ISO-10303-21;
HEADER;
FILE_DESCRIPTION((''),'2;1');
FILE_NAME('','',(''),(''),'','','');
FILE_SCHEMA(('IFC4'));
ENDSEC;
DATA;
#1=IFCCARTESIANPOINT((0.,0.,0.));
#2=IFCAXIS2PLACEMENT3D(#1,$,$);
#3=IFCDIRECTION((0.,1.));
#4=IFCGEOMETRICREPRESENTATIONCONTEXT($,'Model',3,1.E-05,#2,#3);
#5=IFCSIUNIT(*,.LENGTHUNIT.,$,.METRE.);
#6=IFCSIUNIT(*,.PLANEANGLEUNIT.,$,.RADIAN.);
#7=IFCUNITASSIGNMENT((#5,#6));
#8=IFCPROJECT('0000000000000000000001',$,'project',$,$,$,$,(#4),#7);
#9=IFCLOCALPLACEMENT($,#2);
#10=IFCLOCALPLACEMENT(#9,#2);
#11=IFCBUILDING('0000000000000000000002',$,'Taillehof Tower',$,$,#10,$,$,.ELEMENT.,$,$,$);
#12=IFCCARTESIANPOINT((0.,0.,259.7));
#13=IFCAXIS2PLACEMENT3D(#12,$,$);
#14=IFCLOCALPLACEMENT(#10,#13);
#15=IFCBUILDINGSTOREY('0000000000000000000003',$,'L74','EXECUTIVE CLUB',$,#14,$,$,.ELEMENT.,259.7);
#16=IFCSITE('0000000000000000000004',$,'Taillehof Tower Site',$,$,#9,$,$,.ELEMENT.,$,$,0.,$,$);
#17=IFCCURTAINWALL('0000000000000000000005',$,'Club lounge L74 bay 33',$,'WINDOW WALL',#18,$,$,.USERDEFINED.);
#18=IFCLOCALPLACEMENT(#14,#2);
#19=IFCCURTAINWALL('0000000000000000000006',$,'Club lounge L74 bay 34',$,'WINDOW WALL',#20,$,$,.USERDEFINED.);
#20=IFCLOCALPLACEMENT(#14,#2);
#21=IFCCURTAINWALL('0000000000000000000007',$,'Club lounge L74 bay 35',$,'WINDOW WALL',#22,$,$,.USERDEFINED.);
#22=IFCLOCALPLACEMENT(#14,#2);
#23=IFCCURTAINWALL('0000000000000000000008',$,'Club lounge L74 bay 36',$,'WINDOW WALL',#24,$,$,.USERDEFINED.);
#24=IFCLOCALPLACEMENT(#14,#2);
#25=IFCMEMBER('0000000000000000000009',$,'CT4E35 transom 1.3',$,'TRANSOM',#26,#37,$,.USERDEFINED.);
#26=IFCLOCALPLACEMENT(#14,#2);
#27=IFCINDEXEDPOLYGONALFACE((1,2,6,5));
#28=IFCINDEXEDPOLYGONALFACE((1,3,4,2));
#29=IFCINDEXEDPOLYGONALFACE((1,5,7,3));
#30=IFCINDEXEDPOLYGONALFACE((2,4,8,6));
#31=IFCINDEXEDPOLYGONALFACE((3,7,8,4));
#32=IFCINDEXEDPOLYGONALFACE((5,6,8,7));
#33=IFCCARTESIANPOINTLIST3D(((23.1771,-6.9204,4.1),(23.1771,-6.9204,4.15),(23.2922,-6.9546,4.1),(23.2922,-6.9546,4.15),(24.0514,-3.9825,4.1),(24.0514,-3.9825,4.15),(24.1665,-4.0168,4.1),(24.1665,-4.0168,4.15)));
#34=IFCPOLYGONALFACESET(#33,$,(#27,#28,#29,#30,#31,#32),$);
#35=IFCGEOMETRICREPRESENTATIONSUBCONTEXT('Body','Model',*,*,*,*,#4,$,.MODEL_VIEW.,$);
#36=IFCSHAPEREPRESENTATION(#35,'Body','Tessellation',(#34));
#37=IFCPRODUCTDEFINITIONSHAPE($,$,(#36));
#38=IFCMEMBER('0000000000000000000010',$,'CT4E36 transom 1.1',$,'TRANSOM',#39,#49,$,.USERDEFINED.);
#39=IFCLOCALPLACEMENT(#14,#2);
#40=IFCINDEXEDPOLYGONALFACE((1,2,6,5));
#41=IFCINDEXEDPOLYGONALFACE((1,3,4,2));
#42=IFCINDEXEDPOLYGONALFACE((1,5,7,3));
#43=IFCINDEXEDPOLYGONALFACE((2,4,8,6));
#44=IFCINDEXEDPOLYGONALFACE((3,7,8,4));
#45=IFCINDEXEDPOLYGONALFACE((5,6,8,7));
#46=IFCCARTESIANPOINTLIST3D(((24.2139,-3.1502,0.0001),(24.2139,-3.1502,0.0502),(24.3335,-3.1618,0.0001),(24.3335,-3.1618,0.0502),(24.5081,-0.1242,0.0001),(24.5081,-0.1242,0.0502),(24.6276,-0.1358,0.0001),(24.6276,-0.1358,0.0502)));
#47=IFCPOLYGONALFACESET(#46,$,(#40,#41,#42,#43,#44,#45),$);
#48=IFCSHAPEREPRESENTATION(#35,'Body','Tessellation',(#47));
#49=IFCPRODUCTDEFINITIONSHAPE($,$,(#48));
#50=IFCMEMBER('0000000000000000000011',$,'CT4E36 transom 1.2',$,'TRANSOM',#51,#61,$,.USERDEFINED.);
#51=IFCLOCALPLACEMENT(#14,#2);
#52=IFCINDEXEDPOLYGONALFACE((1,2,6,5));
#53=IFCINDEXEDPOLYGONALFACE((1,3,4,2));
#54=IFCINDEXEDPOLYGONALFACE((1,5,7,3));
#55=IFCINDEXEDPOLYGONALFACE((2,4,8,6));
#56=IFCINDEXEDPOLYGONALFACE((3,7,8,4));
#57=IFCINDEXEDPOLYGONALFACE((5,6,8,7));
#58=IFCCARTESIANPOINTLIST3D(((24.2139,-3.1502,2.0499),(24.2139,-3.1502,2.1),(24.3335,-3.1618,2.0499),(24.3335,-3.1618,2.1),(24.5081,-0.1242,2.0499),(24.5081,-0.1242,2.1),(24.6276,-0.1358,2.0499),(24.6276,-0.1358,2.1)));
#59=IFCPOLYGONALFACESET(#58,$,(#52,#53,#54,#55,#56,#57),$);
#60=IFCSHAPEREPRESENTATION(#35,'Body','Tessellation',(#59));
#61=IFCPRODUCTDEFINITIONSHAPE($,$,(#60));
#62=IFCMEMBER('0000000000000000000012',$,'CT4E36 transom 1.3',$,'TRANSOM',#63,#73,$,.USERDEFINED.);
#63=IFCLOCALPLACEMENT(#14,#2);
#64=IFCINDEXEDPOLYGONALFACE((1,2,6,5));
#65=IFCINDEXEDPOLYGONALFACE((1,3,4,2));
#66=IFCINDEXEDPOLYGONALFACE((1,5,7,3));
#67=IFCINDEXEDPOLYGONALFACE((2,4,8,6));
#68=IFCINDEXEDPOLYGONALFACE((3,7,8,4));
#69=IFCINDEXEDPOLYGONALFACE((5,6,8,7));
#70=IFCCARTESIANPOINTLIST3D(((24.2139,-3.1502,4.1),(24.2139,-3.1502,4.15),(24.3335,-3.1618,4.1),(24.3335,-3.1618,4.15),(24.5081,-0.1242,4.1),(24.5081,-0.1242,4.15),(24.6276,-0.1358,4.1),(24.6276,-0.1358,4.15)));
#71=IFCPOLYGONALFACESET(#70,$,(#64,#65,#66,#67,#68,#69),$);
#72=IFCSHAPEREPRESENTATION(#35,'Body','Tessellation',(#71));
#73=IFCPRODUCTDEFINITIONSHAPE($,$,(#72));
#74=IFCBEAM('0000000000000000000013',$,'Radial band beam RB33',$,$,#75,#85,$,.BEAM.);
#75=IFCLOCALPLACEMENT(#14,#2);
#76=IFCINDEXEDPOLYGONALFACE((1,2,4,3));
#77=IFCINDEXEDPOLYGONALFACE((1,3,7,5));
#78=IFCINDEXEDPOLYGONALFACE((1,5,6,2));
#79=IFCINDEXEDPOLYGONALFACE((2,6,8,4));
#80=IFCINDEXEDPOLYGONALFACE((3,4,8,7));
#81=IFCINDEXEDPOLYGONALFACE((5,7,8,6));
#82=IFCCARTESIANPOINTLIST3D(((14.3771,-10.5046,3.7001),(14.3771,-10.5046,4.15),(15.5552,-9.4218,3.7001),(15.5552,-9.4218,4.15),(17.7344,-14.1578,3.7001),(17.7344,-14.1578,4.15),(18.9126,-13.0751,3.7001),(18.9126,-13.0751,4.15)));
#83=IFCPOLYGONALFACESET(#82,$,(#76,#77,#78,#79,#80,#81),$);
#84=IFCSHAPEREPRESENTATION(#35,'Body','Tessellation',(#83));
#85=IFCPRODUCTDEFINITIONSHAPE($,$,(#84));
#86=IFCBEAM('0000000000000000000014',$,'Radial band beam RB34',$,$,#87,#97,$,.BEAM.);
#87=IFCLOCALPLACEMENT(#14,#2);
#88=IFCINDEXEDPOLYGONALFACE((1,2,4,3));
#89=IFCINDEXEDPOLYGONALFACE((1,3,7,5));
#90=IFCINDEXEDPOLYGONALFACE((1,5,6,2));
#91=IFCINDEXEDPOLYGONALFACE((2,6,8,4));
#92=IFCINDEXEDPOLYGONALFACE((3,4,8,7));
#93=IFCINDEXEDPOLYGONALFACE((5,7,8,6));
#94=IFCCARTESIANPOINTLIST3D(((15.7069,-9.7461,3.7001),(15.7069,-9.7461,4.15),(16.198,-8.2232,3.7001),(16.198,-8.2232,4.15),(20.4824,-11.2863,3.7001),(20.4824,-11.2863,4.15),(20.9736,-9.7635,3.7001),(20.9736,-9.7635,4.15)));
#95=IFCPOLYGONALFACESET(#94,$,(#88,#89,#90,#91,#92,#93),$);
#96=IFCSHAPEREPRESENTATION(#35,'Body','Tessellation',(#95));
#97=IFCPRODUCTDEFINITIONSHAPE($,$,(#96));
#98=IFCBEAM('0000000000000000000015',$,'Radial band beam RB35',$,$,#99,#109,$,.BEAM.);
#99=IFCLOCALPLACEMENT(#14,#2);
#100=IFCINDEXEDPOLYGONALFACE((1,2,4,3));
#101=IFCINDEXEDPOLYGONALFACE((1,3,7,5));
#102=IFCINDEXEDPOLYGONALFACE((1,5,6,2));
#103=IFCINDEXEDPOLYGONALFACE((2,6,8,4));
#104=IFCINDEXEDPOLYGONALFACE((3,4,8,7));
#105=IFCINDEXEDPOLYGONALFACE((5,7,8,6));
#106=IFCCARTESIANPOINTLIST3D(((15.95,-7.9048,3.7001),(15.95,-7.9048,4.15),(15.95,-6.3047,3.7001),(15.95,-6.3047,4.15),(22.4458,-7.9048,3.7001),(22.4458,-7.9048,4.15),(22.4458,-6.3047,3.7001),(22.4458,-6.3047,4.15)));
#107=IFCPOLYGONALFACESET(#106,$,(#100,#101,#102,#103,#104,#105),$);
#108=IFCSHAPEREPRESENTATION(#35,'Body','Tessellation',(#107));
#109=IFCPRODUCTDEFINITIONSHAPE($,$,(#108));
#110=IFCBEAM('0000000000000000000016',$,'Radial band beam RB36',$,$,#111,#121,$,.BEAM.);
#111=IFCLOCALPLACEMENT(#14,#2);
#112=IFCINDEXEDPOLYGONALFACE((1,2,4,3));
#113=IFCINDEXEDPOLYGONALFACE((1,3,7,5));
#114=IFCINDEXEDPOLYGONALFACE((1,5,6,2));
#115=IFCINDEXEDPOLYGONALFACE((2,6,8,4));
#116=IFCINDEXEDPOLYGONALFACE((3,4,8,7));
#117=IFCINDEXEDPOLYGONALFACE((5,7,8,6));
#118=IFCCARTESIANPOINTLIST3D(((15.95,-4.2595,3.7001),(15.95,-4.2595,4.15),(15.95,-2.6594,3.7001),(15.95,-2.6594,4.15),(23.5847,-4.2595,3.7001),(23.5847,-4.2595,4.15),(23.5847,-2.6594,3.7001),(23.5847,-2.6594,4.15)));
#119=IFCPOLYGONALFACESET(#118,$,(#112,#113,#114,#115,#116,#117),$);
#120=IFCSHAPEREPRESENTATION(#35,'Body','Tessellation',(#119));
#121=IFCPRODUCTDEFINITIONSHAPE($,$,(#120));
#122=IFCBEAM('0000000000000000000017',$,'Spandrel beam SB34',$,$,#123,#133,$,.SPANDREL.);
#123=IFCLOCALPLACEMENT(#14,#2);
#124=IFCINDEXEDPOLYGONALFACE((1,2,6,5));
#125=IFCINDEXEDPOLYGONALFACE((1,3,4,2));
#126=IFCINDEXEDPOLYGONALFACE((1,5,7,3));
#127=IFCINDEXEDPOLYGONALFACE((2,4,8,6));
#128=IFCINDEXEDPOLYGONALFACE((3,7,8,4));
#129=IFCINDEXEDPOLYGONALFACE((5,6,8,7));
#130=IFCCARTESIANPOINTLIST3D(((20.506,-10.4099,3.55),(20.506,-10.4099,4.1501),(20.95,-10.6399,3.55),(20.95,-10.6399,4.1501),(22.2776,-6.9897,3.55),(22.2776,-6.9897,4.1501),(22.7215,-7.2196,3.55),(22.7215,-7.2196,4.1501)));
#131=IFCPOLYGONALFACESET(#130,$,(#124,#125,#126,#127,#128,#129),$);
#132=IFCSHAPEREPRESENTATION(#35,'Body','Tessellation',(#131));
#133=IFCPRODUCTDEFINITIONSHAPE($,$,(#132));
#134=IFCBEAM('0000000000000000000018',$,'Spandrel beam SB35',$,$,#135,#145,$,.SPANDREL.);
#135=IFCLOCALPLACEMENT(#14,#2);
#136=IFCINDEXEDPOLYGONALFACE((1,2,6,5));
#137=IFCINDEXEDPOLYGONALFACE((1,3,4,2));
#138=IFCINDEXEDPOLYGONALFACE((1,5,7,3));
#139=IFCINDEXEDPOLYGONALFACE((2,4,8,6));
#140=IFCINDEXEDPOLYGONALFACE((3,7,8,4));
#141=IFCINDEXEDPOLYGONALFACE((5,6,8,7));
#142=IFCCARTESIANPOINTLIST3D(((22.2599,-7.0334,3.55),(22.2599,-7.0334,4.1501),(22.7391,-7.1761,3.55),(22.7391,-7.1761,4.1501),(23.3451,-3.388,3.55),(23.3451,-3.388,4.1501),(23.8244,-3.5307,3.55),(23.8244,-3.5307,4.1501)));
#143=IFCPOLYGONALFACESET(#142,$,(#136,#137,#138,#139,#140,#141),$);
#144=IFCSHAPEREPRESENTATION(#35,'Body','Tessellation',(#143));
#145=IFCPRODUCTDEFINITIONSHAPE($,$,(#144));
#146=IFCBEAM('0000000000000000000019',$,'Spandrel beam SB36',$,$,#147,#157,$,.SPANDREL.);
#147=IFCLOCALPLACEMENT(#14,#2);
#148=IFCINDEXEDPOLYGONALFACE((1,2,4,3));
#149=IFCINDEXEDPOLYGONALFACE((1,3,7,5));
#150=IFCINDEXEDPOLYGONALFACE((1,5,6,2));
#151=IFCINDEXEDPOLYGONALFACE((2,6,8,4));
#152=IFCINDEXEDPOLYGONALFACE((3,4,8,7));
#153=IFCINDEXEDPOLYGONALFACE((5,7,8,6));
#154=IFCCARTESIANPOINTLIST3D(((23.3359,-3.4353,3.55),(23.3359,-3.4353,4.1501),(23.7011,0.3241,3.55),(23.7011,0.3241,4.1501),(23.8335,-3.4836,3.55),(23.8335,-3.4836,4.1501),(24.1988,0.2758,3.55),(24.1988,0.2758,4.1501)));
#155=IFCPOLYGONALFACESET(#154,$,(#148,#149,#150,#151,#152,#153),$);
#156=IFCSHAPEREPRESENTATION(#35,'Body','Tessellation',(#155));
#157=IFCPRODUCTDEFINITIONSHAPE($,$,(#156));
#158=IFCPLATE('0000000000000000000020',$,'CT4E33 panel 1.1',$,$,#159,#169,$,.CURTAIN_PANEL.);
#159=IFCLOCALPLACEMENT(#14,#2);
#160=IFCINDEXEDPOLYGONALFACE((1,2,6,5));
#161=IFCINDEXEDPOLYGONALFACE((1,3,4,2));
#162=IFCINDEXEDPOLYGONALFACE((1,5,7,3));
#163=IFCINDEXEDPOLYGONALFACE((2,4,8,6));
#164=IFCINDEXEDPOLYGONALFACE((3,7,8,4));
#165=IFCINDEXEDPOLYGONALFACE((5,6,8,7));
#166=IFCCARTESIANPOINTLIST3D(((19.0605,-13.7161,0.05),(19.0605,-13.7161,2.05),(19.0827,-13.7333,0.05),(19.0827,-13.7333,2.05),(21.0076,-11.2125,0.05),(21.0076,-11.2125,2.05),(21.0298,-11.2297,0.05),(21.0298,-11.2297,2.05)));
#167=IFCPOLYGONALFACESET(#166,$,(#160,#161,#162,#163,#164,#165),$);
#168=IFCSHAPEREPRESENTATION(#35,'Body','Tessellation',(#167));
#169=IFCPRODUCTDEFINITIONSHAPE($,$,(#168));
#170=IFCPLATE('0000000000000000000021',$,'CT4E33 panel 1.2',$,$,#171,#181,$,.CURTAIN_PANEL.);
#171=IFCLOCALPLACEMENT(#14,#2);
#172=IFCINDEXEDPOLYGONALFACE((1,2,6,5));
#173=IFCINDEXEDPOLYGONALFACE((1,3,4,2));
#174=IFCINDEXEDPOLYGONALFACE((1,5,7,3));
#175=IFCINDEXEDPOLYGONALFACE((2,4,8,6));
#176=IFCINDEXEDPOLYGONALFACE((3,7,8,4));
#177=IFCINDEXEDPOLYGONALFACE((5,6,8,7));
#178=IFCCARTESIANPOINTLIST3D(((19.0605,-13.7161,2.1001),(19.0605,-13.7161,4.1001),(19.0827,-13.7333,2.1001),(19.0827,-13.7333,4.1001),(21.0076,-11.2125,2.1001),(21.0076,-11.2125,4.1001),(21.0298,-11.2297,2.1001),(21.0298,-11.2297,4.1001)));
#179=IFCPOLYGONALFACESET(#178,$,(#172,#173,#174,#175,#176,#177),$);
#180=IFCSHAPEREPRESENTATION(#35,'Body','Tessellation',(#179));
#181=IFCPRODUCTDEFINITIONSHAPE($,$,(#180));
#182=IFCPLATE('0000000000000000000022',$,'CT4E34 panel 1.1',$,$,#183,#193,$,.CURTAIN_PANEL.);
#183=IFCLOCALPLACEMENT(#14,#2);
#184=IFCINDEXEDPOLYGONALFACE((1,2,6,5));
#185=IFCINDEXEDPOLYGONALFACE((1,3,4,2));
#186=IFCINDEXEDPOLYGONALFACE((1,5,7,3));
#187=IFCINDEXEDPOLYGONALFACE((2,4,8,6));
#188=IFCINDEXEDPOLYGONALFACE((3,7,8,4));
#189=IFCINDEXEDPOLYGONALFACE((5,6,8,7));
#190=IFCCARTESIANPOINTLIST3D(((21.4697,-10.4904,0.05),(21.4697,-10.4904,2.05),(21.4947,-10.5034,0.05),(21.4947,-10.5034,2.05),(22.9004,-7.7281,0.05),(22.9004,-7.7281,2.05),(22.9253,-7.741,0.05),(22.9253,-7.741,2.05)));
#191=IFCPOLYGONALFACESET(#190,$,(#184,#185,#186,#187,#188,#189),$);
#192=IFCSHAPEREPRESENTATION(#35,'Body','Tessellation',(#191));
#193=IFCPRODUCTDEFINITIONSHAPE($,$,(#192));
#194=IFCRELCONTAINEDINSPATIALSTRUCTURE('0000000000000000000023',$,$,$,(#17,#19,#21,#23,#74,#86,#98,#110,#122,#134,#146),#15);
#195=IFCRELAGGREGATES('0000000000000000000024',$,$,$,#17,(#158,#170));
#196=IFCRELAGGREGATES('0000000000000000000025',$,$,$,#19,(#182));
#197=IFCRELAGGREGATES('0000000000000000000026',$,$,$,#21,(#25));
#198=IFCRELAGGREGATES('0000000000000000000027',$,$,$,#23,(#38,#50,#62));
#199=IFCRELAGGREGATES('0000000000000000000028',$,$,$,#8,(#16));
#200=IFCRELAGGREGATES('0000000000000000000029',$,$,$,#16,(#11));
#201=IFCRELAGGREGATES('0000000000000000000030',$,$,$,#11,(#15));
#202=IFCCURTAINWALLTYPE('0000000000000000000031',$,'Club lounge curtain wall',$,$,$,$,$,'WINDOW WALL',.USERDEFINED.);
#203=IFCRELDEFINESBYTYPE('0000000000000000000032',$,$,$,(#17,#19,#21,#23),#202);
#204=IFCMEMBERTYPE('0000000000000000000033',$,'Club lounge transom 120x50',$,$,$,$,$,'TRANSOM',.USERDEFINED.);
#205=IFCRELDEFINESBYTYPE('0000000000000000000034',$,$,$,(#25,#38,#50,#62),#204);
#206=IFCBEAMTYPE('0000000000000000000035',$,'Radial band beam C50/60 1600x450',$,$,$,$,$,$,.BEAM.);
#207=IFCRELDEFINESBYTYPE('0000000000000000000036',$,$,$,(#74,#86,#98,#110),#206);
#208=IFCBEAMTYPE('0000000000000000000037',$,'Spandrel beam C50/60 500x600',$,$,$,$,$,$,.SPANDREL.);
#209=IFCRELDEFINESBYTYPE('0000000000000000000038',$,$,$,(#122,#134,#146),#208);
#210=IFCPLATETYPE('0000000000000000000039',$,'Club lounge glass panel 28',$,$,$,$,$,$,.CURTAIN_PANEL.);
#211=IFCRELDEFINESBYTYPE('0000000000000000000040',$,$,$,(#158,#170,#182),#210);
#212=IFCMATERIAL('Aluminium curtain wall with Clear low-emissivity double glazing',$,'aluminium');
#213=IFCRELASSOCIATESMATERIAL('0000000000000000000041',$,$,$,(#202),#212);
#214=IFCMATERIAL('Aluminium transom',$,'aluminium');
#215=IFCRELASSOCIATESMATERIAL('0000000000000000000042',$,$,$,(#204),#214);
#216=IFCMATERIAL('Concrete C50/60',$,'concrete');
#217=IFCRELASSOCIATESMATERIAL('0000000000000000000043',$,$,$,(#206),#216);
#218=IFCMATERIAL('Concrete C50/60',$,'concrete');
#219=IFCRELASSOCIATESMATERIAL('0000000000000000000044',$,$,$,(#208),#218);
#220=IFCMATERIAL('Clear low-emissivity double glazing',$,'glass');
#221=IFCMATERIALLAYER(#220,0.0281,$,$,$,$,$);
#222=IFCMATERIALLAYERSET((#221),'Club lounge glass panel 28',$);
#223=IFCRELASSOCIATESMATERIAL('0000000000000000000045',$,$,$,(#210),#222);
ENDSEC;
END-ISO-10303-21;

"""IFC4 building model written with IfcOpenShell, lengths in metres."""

from ifc_helpers import new_model, si_unit, direction, frame, origin, origin_2d, place, context, subcontext, project, spatial, rectangle, extrude, material, layer, layer_set, material_profile, profile_set, type_object, element, aggregate, save


model = new_model("IFC4")

# Units and contexts
model_context = context("Model", 3, precision=1e-05, world=origin(), true_north=direction((0.0, 1.0)))
body_context = subcontext(model_context, "Body", "Model", "MODEL_VIEW")
ifc_project = project(units=[si_unit("LENGTHUNIT", "METRE"), si_unit("PLANEANGLEUNIT", "RADIAN")], contexts=[model_context])

# Site, building, storey
site_placement = place(None, origin())
site = spatial("IfcSite", under=ifc_project, at=site_placement, Name="Taillehof Tower Site", CompositionType="ELEMENT", RefElevation=0.0)
building_placement = place(site_placement, origin())
building = spatial("IfcBuilding", under=site, at=building_placement, Name="Taillehof Tower", CompositionType="ELEMENT")
storey_placement = place(building_placement, frame((0.0, 0.0, 259.7)))
storey = spatial("IfcBuildingStorey", under=building, at=storey_placement, Name="L74", Description="EXECUTIVE CLUB", CompositionType="ELEMENT", Elevation=259.7)

# Curtain wall
ifc_material_1 = material(Name="Aluminium curtain wall with Clear low-emissivity double glazing", Category="aluminium")
curtain_wall_type = type_object("IfcCurtainWallType", Name="Club lounge curtain wall", ElementType="WINDOW WALL", PredefinedType="USERDEFINED", material=ifc_material_1)
curtain_wall_1_placement = place(storey_placement, origin())
curtain_wall_1 = element("IfcCurtainWall", 1, at=curtain_wall_1_placement, inside=storey, type_object=curtain_wall_type, Name="Club lounge L74 bay 33", ObjectType="WINDOW WALL", PredefinedType="USERDEFINED")

# Curtain walls
curtain_wall_2_placement = place(storey_placement, origin())
curtain_wall_2 = element("IfcCurtainWall", 2, at=curtain_wall_2_placement, inside=storey, type_object=curtain_wall_type, Name="Club lounge L74 bay 34", ObjectType="WINDOW WALL", PredefinedType="USERDEFINED")
curtain_wall_3_placement = place(storey_placement, origin())
curtain_wall_3 = element("IfcCurtainWall", 3, at=curtain_wall_3_placement, inside=storey, type_object=curtain_wall_type, Name="Club lounge L74 bay 35", ObjectType="WINDOW WALL", PredefinedType="USERDEFINED")
curtain_wall_4_placement = place(storey_placement, origin())
curtain_wall_4 = element("IfcCurtainWall", 4, at=curtain_wall_4_placement, inside=storey, type_object=curtain_wall_type, Name="Club lounge L74 bay 36", ObjectType="WINDOW WALL", PredefinedType="USERDEFINED")

# Members
ifc_material_2 = material(Name="Aluminium transom", Category="aluminium")
ifc_material_profile_1 = material_profile(ifc_material_2, rectangle(XDim=0.1201, YDim=0.05, at=origin_2d()), Name="AL 120x50")
ifc_profile_set_1 = profile_set([ifc_material_profile_1], Name="Aluminium transom")
member_type_1 = type_object("IfcMemberType", Name="Club lounge transom 120x50", ElementType="TRANSOM", PredefinedType="USERDEFINED", material=ifc_profile_set_1)
member_1_placement = place(storey_placement, frame((23.2346, -6.9375, 4.125), z_axis=(0.285235, 0.958458, 0.0), x_axis=(-0.958458, 0.285235, 0.0)))
member_1 = element("IfcMember", 5, at=member_1_placement, type_object=member_type_1, Name="CT4E35 transom 1.3", ObjectType="TRANSOM", PredefinedType="USERDEFINED", context=body_context, shape_type="SweptSolid", body=[
    extrude(rectangle(XDim=0.1201, YDim=0.05, at=origin_2d()), origin(), (0.0, 0.0, 1.0), 3.0652),
])
member_2_placement = place(storey_placement, frame((24.2737, -3.156, 0.0251), z_axis=(0.09676, 0.995308, 0.0), x_axis=(-0.995308, 0.09676, 0.0)))
member_2 = element("IfcMember", 6, at=member_2_placement, type_object=member_type_1, Name="CT4E36 transom 1.1", ObjectType="TRANSOM", PredefinedType="USERDEFINED", context=body_context, shape_type="SweptSolid", body=[
    extrude(rectangle(XDim=0.1201, YDim=0.05, at=origin_2d()), origin(), (0.0, 0.0, 1.0), 3.0403),
])
member_3_placement = place(storey_placement, frame((24.2737, -3.156, 2.075), z_axis=(0.09676, 0.995308, 0.0), x_axis=(-0.995308, 0.09676, 0.0)))
member_3 = element("IfcMember", 7, at=member_3_placement, type_object=member_type_1, Name="CT4E36 transom 1.2", ObjectType="TRANSOM", PredefinedType="USERDEFINED", context=body_context, shape_type="SweptSolid", body=[
    extrude(rectangle(XDim=0.1201, YDim=0.05, at=origin_2d()), origin(), (0.0, 0.0, 1.0), 3.0403),
])
member_4_placement = place(storey_placement, frame((24.2737, -3.156, 4.125), z_axis=(0.09676, 0.995308, 0.0), x_axis=(-0.995308, 0.09676, 0.0)))
member_4 = element("IfcMember", 8, at=member_4_placement, type_object=member_type_1, Name="CT4E36 transom 1.3", ObjectType="TRANSOM", PredefinedType="USERDEFINED", context=body_context, shape_type="SweptSolid", body=[
    extrude(rectangle(XDim=0.1201, YDim=0.05, at=origin_2d()), origin(), (0.0, 0.0, 1.0), 3.0403),
])

# Beams
ifc_material_3 = material(Name="Concrete C50/60", Category="concrete")
ifc_material_profile_2 = material_profile(ifc_material_3, rectangle(XDim=1.6001, YDim=0.45, at=origin_2d()), Name="RC 1600x450")
ifc_profile_set_2 = profile_set([ifc_material_profile_2], Name="Concrete C50/60")
beam_type_1 = type_object("IfcBeamType", Name="Radial band beam C50/60 1600x450", PredefinedType="BEAM", material=ifc_profile_set_2)
beam_1_placement = place(storey_placement, frame((18.3235, -13.6165, 3.925), z_axis=(-0.67666, 0.736296, 0.0), x_axis=(-0.736296, -0.67666, 0.0)))
element("IfcBeam", 9, at=beam_1_placement, inside=storey, type_object=beam_type_1, Name="Radial band beam RB33", PredefinedType="BEAM", context=body_context, shape_type="SweptSolid", body=[
    extrude(rectangle(XDim=1.6001, YDim=0.45, at=origin_2d()), origin(), (0.0, 0.0, 1.0), 4.9617),
])
beam_2_placement = place(storey_placement, frame((20.728, -10.5249, 3.925), z_axis=(-0.951723, 0.306959, 0.0), x_axis=(-0.306959, -0.951723, 0.0)))
element("IfcBeam", 10, at=beam_2_placement, inside=storey, type_object=beam_type_1, Name="Radial band beam RB34", PredefinedType="BEAM", context=body_context, shape_type="SweptSolid", body=[
    extrude(rectangle(XDim=1.6001, YDim=0.45, at=origin_2d()), origin(), (0.0, 0.0, 1.0), 5.0178),
])
beam_3_placement = place(storey_placement, frame((22.4458, -7.1047, 3.925), z_axis=(-1.0, 0.0, 0.0), x_axis=(0.0, -1.0, 0.0)))
element("IfcBeam", 11, at=beam_3_placement, inside=storey, type_object=beam_type_1, Name="Radial band beam RB35", PredefinedType="BEAM", context=body_context, shape_type="SweptSolid", body=[
    extrude(rectangle(XDim=1.6001, YDim=0.45, at=origin_2d()), origin(), (0.0, 0.0, 1.0), 6.4958),
])
beam_4_placement = place(storey_placement, frame((23.5847, -3.4595, 3.925), z_axis=(-1.0, 0.0, 0.0), x_axis=(0.0, -1.0, 0.0)))
element("IfcBeam", 12, at=beam_4_placement, inside=storey, type_object=beam_type_1, Name="Radial band beam RB36", PredefinedType="BEAM", context=body_context, shape_type="SweptSolid", body=[
    extrude(rectangle(XDim=1.6001, YDim=0.45, at=origin_2d()), origin(), (0.0, 0.0, 1.0), 7.6348),
])
ifc_material_4 = material(Name="Concrete C50/60", Category="concrete")
ifc_material_profile_3 = material_profile(ifc_material_4, rectangle(XDim=0.5, YDim=0.6001, at=origin_2d()), Name="RC 500x600")
ifc_profile_set_3 = profile_set([ifc_material_profile_3], Name="Concrete C50/60")
beam_type_2 = type_object("IfcBeamType", Name="Spandrel beam C50/60 500x600", PredefinedType="SPANDREL", material=ifc_profile_set_3)
beam_5_placement = place(storey_placement, frame((20.728, -10.5249, 3.8501), z_axis=(0.459921, 0.88796, 0.0), x_axis=(-0.88796, 0.459921, 0.0)))
element("IfcBeam", 13, at=beam_5_placement, inside=storey, type_object=beam_type_2, Name="Spandrel beam SB34", PredefinedType="SPANDREL", context=body_context, shape_type="SweptSolid", body=[
    extrude(rectangle(XDim=0.5, YDim=0.6001, at=origin_2d()), origin(), (0.0, 0.0, 1.0), 3.8518),
])
beam_6_placement = place(storey_placement, frame((22.4995, -7.1047, 3.8501), z_axis=(0.285327, 0.95843, 0.0), x_axis=(-0.95843, 0.285327, 0.0)))
element("IfcBeam", 14, at=beam_6_placement, inside=storey, type_object=beam_type_2, Name="Spandrel beam SB35", PredefinedType="SPANDREL", context=body_context, shape_type="SweptSolid", body=[
    extrude(rectangle(XDim=0.5, YDim=0.6001, at=origin_2d()), origin(), (0.0, 0.0, 1.0), 3.8035),
])
beam_7_placement = place(storey_placement, frame((23.5847, -3.4595, 3.8501), z_axis=(0.096694, 0.995314, 0.0), x_axis=(-0.995314, 0.096694, 0.0)))
element("IfcBeam", 15, at=beam_7_placement, inside=storey, type_object=beam_type_2, Name="Spandrel beam SB36", PredefinedType="SPANDREL", context=body_context, shape_type="SweptSolid", body=[
    extrude(rectangle(XDim=0.5, YDim=0.6001, at=origin_2d()), origin(), (0.0, 0.0, 1.0), 3.7771),
])

# Plates
ifc_material_5 = material(Name="Clear low-emissivity double glazing", Category="glass")
ifc_layer_1 = layer(ifc_material_5, 0.0281)
ifc_layer_set_1 = layer_set([ifc_layer_1], Name="Club lounge glass panel 28")
plate_type = type_object("IfcPlateType", Name="Club lounge glass panel 28", PredefinedType="CURTAIN_PANEL", material=ifc_layer_set_1)
plate_1_placement = place(storey_placement, frame((20.0452, -12.4729, 0.05), z_axis=(0.0, 0.0, 1.0), x_axis=(0.613903, 0.789382, 0.0)))
plate_1 = element("IfcPlate", 16, at=plate_1_placement, type_object=plate_type, Name="CT4E33 panel 1.1", PredefinedType="CURTAIN_PANEL", context=body_context, shape_type="SweptSolid", body=[
    extrude(rectangle(XDim=3.1716, YDim=0.0281, at=origin_2d()), origin(), (0.0, 0.0, 1.0), 2.0),
])
plate_2_placement = place(storey_placement, frame((20.0452, -12.4729, 2.1001), z_axis=(0.0, 0.0, 1.0), x_axis=(0.613903, 0.789382, 0.0)))
plate_2 = element("IfcPlate", 17, at=plate_2_placement, type_object=plate_type, Name="CT4E33 panel 1.2", PredefinedType="CURTAIN_PANEL", context=body_context, shape_type="SweptSolid", body=[
    extrude(rectangle(XDim=3.1716, YDim=0.0281, at=origin_2d()), origin(), (0.0, 0.0, 1.0), 2.0),
])
aggregate(curtain_wall_1, [plate_1, plate_2])
plate_3_placement = place(storey_placement, frame((22.1975, -9.1157, 0.05), z_axis=(0.0, 0.0, 1.0), x_axis=(0.459891, 0.887975, 0.0)))
plate_3 = element("IfcPlate", 18, at=plate_3_placement, type_object=plate_type, Name="CT4E34 panel 1.1", PredefinedType="CURTAIN_PANEL", context=body_context, shape_type="SweptSolid", body=[
    extrude(rectangle(XDim=3.1108, YDim=0.0281, at=origin_2d()), origin(), (0.0, 0.0, 1.0), 2.0),
])
aggregate(curtain_wall_2, [plate_3])
aggregate(curtain_wall_3, [member_1])
aggregate(curtain_wall_4, [member_2, member_3, member_4])

save(model, "model.ifc")
